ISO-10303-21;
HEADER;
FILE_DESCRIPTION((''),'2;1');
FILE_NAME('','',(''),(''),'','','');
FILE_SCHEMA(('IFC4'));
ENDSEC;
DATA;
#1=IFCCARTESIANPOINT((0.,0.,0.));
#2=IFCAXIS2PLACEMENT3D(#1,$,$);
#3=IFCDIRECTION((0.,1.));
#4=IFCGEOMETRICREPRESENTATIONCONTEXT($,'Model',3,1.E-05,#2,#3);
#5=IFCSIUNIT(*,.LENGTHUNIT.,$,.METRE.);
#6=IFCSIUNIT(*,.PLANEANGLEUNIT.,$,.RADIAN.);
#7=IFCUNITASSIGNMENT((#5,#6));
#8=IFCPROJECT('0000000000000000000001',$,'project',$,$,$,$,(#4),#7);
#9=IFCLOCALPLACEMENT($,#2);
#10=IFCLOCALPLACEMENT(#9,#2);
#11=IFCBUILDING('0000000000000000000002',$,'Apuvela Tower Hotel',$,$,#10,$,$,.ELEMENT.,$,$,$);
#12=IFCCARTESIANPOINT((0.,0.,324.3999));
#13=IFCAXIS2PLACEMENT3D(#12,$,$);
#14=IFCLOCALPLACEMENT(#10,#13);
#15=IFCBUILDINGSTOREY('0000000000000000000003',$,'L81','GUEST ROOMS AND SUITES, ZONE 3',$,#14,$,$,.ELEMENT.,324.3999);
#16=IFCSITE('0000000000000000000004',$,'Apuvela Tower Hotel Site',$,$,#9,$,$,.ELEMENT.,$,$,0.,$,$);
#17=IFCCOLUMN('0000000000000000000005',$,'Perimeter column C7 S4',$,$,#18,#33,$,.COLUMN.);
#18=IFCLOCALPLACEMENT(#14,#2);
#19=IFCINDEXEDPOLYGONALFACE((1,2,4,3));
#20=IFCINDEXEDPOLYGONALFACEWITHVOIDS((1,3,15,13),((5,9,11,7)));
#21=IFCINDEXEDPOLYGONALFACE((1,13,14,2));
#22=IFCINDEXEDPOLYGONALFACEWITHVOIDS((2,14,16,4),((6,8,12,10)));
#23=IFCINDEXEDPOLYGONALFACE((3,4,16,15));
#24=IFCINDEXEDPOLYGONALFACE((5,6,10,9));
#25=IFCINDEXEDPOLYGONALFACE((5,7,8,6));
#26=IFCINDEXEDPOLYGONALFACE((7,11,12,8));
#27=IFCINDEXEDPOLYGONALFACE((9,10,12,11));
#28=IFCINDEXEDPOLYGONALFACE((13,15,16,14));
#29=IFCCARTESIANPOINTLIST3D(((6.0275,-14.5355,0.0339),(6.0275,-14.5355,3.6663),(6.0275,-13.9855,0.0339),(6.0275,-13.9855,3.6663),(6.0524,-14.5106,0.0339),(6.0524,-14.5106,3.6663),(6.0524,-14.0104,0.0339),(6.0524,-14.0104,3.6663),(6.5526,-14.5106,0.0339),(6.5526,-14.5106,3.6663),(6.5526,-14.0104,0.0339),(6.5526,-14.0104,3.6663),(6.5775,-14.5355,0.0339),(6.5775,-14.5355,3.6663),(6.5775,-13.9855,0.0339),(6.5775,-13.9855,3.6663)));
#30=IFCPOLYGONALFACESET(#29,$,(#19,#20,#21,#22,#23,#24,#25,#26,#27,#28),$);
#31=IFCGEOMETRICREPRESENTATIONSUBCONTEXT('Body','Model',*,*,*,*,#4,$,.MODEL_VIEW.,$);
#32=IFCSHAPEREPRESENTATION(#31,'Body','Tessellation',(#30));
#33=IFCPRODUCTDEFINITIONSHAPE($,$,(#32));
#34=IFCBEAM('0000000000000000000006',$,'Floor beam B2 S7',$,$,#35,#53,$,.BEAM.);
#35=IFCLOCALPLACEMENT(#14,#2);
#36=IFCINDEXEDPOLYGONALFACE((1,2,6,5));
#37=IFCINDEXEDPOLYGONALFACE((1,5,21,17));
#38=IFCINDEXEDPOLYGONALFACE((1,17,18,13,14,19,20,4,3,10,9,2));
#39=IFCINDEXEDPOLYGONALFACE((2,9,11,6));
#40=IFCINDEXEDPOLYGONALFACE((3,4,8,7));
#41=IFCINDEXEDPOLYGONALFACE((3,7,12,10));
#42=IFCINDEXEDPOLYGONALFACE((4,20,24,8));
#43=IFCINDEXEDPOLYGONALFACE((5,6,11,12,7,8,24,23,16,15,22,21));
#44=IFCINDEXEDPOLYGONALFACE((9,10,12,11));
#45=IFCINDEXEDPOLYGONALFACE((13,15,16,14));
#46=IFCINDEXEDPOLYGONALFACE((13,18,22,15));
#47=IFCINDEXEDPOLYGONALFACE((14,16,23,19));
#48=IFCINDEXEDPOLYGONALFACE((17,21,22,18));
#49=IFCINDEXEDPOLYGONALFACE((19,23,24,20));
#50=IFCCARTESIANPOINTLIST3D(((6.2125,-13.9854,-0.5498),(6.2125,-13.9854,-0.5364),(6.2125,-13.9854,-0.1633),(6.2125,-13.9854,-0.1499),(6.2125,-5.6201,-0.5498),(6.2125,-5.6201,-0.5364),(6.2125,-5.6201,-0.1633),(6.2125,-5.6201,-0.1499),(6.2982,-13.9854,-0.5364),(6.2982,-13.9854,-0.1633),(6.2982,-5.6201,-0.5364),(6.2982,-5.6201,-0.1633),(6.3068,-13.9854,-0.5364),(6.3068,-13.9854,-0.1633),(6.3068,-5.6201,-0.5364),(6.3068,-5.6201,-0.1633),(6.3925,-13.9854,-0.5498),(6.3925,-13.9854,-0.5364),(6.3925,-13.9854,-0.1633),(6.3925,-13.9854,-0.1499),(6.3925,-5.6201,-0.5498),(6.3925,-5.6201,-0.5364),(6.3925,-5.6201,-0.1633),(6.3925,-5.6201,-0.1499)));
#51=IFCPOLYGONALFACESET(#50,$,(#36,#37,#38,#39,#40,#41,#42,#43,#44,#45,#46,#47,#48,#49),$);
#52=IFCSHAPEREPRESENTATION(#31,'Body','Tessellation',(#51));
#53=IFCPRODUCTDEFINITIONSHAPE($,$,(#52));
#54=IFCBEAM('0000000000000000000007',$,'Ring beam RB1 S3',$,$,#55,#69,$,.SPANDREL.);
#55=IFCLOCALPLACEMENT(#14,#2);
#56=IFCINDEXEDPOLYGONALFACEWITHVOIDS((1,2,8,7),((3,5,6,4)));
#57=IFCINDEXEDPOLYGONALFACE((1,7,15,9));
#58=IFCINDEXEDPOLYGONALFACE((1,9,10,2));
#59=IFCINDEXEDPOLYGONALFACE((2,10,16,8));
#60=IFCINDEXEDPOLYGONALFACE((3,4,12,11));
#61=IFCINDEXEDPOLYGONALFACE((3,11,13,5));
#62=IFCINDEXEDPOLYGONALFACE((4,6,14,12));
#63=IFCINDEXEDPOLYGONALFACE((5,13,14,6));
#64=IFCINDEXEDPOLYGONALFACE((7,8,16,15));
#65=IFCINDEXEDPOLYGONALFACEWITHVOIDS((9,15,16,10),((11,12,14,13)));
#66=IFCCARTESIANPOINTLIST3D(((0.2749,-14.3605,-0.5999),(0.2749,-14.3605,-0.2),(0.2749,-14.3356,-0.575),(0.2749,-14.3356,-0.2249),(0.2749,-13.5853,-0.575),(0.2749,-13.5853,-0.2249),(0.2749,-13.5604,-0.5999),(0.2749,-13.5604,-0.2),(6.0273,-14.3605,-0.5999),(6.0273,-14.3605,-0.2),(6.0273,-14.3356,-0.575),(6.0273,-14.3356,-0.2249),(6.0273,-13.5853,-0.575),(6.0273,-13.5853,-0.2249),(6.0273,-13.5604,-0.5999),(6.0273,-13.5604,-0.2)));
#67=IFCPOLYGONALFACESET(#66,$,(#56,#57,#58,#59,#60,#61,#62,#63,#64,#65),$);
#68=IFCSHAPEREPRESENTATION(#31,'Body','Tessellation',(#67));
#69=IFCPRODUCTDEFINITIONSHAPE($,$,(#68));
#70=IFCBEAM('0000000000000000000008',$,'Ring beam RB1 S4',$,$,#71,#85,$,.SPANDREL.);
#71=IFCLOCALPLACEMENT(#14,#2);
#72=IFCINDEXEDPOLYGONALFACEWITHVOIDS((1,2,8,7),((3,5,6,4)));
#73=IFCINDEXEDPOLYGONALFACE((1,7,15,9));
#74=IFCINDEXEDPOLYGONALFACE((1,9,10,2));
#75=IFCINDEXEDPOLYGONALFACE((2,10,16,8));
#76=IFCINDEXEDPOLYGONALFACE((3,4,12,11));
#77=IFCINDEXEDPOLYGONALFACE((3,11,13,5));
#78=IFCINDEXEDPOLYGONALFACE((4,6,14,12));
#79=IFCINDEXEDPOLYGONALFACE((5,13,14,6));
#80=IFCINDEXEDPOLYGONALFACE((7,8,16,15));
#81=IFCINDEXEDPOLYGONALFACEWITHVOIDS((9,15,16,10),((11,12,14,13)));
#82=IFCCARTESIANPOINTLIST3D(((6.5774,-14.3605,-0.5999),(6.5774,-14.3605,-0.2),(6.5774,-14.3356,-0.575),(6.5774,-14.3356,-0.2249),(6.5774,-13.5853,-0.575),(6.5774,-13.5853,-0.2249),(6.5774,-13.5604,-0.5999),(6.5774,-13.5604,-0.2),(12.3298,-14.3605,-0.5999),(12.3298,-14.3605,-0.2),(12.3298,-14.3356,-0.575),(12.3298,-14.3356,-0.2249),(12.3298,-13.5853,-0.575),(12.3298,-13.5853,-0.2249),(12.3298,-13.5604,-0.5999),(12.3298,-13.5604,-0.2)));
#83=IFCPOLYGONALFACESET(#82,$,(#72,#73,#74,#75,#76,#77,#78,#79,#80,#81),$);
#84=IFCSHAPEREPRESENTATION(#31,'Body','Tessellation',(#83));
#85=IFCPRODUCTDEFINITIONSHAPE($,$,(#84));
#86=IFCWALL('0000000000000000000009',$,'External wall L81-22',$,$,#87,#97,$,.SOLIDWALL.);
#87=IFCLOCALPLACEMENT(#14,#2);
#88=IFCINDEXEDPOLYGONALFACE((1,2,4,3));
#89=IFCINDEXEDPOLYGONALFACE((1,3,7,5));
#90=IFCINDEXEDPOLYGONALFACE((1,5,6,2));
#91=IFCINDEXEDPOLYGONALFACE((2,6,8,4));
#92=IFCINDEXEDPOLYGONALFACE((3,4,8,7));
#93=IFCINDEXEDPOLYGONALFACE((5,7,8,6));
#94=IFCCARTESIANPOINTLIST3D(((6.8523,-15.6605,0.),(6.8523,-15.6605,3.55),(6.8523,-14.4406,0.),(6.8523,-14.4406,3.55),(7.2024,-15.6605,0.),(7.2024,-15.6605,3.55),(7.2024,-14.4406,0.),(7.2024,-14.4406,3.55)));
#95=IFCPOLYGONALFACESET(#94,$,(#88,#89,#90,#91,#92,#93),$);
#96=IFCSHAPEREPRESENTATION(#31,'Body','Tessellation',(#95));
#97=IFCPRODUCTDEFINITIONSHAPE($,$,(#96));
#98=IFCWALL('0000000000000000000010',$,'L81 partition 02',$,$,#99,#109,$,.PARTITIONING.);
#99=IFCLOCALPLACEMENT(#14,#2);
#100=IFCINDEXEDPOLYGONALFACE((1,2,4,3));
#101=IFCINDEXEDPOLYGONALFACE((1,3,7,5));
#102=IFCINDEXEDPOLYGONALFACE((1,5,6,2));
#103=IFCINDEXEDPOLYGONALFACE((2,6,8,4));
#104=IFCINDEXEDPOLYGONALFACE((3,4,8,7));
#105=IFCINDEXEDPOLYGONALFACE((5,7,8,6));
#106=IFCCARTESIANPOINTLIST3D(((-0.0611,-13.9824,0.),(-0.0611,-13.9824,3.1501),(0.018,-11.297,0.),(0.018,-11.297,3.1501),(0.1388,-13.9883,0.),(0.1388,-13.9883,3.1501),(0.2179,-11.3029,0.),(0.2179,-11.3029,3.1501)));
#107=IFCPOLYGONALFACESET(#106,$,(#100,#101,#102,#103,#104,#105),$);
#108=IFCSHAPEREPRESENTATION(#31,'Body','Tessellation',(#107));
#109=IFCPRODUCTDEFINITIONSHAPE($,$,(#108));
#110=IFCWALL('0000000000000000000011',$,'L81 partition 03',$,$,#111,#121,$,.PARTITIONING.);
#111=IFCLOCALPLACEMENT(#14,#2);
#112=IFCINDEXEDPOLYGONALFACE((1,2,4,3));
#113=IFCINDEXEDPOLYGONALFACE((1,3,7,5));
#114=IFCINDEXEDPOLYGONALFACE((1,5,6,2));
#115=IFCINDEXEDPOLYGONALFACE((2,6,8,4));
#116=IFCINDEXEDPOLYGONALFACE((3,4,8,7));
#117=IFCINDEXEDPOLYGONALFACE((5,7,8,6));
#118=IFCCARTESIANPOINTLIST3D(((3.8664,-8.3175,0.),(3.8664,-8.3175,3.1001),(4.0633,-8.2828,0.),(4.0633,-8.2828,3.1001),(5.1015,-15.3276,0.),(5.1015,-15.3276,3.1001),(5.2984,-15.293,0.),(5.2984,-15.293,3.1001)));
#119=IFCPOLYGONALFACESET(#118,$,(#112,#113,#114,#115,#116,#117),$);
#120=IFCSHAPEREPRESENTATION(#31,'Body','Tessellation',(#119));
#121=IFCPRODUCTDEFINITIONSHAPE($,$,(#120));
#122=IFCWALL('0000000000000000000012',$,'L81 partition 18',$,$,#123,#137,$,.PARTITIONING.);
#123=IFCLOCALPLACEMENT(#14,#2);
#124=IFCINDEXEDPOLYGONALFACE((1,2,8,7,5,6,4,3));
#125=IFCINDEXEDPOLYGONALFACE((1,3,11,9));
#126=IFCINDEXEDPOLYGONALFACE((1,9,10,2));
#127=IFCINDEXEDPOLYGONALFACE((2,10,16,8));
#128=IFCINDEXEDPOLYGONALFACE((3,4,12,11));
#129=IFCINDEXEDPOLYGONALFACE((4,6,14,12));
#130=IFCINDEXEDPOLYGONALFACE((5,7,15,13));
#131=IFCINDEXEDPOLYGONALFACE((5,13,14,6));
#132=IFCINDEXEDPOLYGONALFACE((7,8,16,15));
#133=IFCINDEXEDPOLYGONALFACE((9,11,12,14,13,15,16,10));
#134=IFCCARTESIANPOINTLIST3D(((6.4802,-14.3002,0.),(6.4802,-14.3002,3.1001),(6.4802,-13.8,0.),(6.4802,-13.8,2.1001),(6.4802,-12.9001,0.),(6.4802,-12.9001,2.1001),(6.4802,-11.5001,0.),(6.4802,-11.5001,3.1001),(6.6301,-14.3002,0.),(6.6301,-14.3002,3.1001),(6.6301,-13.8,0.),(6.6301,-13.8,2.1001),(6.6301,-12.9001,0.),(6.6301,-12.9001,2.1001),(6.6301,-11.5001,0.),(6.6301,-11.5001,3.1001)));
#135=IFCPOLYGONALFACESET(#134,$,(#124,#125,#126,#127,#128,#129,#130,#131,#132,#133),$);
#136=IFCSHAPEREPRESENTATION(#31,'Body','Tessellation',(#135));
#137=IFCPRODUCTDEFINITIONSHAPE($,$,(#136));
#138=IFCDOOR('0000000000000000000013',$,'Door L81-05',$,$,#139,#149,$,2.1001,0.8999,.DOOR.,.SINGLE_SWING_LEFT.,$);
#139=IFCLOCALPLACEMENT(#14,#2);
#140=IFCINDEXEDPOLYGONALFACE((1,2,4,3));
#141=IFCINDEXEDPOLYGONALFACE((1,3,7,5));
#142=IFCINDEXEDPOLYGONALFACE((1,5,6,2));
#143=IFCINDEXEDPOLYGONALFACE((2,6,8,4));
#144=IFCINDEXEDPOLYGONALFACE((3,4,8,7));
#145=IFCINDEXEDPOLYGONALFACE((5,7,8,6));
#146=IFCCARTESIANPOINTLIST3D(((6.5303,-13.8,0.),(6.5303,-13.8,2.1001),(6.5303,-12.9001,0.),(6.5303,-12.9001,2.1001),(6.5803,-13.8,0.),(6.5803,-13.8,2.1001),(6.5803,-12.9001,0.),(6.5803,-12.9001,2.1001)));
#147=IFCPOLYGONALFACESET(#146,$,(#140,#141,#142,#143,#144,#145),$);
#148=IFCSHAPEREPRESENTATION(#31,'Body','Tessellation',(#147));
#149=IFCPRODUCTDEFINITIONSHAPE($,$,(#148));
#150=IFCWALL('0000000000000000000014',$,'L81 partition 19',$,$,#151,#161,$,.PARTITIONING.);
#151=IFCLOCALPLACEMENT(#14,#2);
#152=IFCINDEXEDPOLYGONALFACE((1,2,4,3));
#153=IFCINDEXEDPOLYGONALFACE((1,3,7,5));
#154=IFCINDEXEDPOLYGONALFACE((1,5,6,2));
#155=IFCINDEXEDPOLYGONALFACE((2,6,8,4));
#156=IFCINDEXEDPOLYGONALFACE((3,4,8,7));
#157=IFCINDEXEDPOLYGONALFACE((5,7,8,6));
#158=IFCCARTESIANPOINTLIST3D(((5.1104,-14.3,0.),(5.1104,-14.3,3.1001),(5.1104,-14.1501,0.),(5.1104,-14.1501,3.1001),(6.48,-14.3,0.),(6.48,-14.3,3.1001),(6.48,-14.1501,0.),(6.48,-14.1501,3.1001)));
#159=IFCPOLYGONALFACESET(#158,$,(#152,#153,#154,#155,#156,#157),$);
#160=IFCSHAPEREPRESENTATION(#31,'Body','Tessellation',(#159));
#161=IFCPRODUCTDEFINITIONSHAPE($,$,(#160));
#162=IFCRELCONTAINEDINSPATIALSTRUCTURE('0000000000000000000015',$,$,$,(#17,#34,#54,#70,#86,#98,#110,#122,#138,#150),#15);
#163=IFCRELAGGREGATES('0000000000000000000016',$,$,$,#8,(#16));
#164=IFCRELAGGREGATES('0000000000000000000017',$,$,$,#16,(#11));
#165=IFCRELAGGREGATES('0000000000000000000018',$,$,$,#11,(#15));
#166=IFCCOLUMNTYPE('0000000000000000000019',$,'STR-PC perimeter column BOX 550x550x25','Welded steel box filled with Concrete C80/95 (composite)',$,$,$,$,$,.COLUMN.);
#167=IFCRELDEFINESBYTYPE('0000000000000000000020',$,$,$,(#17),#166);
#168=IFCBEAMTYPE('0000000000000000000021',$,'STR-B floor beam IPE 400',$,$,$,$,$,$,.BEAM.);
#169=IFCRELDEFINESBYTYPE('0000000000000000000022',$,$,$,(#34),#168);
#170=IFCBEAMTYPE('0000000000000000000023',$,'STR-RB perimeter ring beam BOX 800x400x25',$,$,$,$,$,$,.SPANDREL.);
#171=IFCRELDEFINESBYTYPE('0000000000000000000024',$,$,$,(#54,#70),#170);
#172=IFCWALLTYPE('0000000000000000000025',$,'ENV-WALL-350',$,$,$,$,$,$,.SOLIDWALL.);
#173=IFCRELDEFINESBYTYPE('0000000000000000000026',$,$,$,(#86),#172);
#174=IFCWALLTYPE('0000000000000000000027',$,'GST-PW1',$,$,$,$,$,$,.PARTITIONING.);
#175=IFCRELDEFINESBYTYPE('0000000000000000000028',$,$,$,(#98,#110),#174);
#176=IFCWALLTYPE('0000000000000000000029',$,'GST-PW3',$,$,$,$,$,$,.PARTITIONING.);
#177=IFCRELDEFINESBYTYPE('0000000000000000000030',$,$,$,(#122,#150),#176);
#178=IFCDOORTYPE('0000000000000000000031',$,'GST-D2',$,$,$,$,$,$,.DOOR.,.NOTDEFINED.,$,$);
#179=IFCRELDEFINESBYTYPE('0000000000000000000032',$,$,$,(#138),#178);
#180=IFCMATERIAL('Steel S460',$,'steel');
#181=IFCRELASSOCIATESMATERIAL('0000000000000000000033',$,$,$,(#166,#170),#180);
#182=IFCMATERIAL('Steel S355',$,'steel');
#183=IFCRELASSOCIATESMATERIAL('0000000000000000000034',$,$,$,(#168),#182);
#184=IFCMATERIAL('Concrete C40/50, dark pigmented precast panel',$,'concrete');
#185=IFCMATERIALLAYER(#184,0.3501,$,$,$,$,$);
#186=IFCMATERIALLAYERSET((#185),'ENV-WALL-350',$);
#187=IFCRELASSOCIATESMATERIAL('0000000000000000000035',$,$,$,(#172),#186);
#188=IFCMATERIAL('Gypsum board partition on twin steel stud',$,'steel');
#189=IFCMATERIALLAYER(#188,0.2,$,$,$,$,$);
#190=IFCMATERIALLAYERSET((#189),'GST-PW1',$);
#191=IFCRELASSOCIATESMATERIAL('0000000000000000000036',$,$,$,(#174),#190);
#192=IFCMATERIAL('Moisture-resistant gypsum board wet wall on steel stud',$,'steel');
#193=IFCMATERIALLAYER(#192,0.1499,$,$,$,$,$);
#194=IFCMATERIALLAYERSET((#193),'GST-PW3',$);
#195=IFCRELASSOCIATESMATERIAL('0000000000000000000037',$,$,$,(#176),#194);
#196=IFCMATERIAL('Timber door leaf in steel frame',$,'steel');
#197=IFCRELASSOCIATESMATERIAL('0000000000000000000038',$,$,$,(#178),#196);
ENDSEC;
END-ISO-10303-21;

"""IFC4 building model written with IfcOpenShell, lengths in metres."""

from ifc_helpers import new_model, si_unit, direction, frame, frame_2d, origin, origin_2d, place, context, subcontext, project, spatial, rectangle, hollow_rectangle, i_section, extrude, boolean, halfspace, material, layer, layer_set, material_profile, profile_set, type_object, element, fill, save


model = new_model("IFC4")

# Units and contexts
model_context = context("Model", 3, precision=1e-05, world=origin(), true_north=direction((0.0, 1.0)))
body_context = subcontext(model_context, "Body", "Model", "MODEL_VIEW")
ifc_project = project(units=[si_unit("LENGTHUNIT", "METRE"), si_unit("PLANEANGLEUNIT", "RADIAN")], contexts=[model_context])

# Site, building, storey
site_placement = place(None, origin())
site = spatial("IfcSite", under=ifc_project, at=site_placement, Name="Apuvela Tower Hotel Site", CompositionType="ELEMENT", RefElevation=0.0)
building_placement = place(site_placement, origin())
building = spatial("IfcBuilding", under=site, at=building_placement, Name="Apuvela Tower Hotel", CompositionType="ELEMENT")
storey_placement = place(building_placement, frame((0.0, 0.0, 324.3999)))
storey = spatial("IfcBuildingStorey", under=building, at=storey_placement, Name="L81", Description="GUEST ROOMS AND SUITES, ZONE 3", CompositionType="ELEMENT", Elevation=324.3999)

# Column
ifc_material_1 = material(Name="Steel S460", Category="steel")
ifc_material_profile_1 = material_profile(ifc_material_1, hollow_rectangle(XDim=0.55, YDim=0.55, WallThickness=0.0249, at=origin_2d()), Name="BOX 550x550x25")
ifc_material_2 = material(Name="Concrete C80/95", Category="concrete")
ifc_material_profile_2 = material_profile(ifc_material_2, rectangle(XDim=0.5, YDim=0.5, at=origin_2d()), Name="Concrete C80/95 infill")
ifc_profile_set_1 = profile_set([ifc_material_profile_1, ifc_material_profile_2], Name="Steel S460")
column_type = type_object("IfcColumnType", Name="STR-PC perimeter column BOX 550x550x25", Description="Welded steel box filled with Concrete C80/95 (composite)", PredefinedType="COLUMN", material=ifc_profile_set_1)
column_placement = place(storey_placement, frame((6.3025, -14.2605, 0.0), z_axis=(0.0, 0.0, 1.0), x_axis=(-1.0, 0.0, 0.0)))
element("IfcColumn", 1, at=column_placement, inside=storey, type_object=column_type, Name="Perimeter column C7 S4", PredefinedType="COLUMN", context=body_context, shape_type="SweptSolid", body=[
    boolean("DIFFERENCE", boolean("DIFFERENCE", extrude(hollow_rectangle(XDim=0.55, YDim=0.55, WallThickness=0.0249, at=origin_2d()), origin(), (0.0, 0.0, 1.0), 3.7002), halfspace(frame((0.0, 0.0, 0.0339), z_axis=(0.0, 0.0, 1.0), x_axis=(1.0, 0.0, 0.0)), True)), halfspace(frame((0.0, 0.0, 3.6663), z_axis=(0.0, 0.0, 1.0), x_axis=(1.0, 0.0, 0.0)), False)),
])

# Beams
ifc_material_3 = material(Name="Steel S355", Category="steel")
ifc_material_profile_3 = material_profile(ifc_material_3, i_section(OverallWidth=0.1799, OverallDepth=0.3999, WebThickness=0.0085, FlangeThickness=0.0134, at=origin_2d()), Name="IPE 400")
ifc_profile_set_2 = profile_set([ifc_material_profile_3], Name="Steel S355")
beam_type_1 = type_object("IfcBeamType", Name="STR-B floor beam IPE 400", PredefinedType="BEAM", material=ifc_profile_set_2)
beam_placement = place(storey_placement, frame((6.3025, -13.9854, -0.3499), z_axis=(0.0, 1.0, 0.0), x_axis=(-1.0, 0.0, 0.0)))
element("IfcBeam", 2, at=beam_placement, inside=storey, type_object=beam_type_1, Name="Floor beam B2 S7", PredefinedType="BEAM", context=body_context, shape_type="SweptSolid", body=[
    extrude(i_section(OverallWidth=0.1799, OverallDepth=0.3999, WebThickness=0.0085, FlangeThickness=0.0134, at=origin_2d()), origin(), (0.0, 0.0, 1.0), 8.3652),
])
ifc_material_profile_4 = material_profile(ifc_material_1, hollow_rectangle(XDim=0.8, YDim=0.3999, WallThickness=0.0249, at=origin_2d()), Name="BOX 800x400x25")
ifc_profile_set_3 = profile_set([ifc_material_profile_4], Name="Steel S460")
beam_type_2 = type_object("IfcBeamType", Name="STR-RB perimeter ring beam BOX 800x400x25", PredefinedType="SPANDREL", material=ifc_profile_set_3)
for number, where, z_axis, x_axis, name in (
    (3, (0.2749, -13.9604, -0.3999), (1.0, 0.0, 0.0), (0.0, 1.0, 0.0), "Ring beam RB1 S3"),
    (4, (6.5774, -13.9604, -0.3999), (1.0, 0.0, 0.0), (0.0, 1.0, 0.0), "Ring beam RB1 S4"),
):
    element("IfcBeam", number, at=place(storey_placement, frame(where, z_axis=z_axis, x_axis=x_axis)), inside=storey, type_object=beam_type_2, Name=name, PredefinedType="SPANDREL", context=body_context, shape_type="SweptSolid", body=[
        extrude(hollow_rectangle(XDim=0.8, YDim=0.3999, WallThickness=0.0249, at=origin_2d()), origin(), (0.0, 0.0, 1.0), 5.7524),
    ])

# Wall
ifc_material_4 = material(Name="Concrete C40/50, dark pigmented precast panel", Category="concrete")
ifc_layer_1 = layer(ifc_material_4, 0.3501)
ifc_layer_set_1 = layer_set([ifc_layer_1], Name="ENV-WALL-350")
wall_type_1 = type_object("IfcWallType", Name="ENV-WALL-350", PredefinedType="SOLIDWALL", material=ifc_layer_set_1)
wall_1_placement = place(storey_placement, frame((7.0273, -15.6604, 0.0), z_axis=(0.0, 0.0, 1.0), x_axis=(0.0, 1.0, 0.0)))
element("IfcWall", 5, at=wall_1_placement, inside=storey, type_object=wall_type_1, Name="External wall L81-22", PredefinedType="SOLIDWALL", context=body_context, shape_type="SweptSolid", body=[
    extrude(rectangle(XDim=1.22, YDim=0.3501, at=frame_2d((0.6099, 0.0))), origin(), (0.0, 0.0, 1.0), 3.55),
])

# Walls
ifc_material_5 = material(Name="Gypsum board partition on twin steel stud", Category="steel")
ifc_layer_2 = layer(ifc_material_5, 0.2)
ifc_layer_set_2 = layer_set([ifc_layer_2], Name="GST-PW1")
wall_type_2 = type_object("IfcWallType", Name="GST-PW1", PredefinedType="PARTITIONING", material=ifc_layer_set_2)
wall_2_placement = place(storey_placement, frame((0.0388, -13.9854, 0.0), z_axis=(0.0, 0.0, 1.0), x_axis=(0.029444, 0.999566, 0.0)))
element("IfcWall", 6, at=wall_2_placement, inside=storey, type_object=wall_type_2, Name="L81 partition 02", PredefinedType="PARTITIONING", context=body_context, shape_type="SweptSolid", body=[
    extrude(rectangle(XDim=2.6865, YDim=0.2, at=frame_2d((1.3433, 0.0))), origin(), (0.0, 0.0, 1.0), 3.1501),
])
wall_3_placement = place(storey_placement, frame((5.2, -15.3103, 0.0), z_axis=(0.0, 0.0, 1.0), x_axis=(-0.173513, 0.984832, 0.0)))
element("IfcWall", 7, at=wall_3_placement, inside=storey, type_object=wall_type_2, Name="L81 partition 03", PredefinedType="PARTITIONING", context=body_context, shape_type="SweptSolid", body=[
    extrude(rectangle(XDim=7.1182, YDim=0.2, at=frame_2d((3.5591, 0.0))), origin(), (0.0, 0.0, 1.0), 3.1001),
])

# Wall, opening, door
ifc_material_6 = material(Name="Moisture-resistant gypsum board wet wall on steel stud", Category="steel")
ifc_layer_3 = layer(ifc_material_6, 0.1499)
ifc_layer_set_3 = layer_set([ifc_layer_3], Name="GST-PW3")
wall_type_3 = type_object("IfcWallType", Name="GST-PW3", PredefinedType="PARTITIONING", material=ifc_layer_set_3)
wall_4_placement = place(storey_placement, frame((6.5552, -14.3, 0.0), z_axis=(0.0, 0.0, 1.0), x_axis=(0.0, 1.0, 0.0)))
wall_4 = element("IfcWall", 8, at=wall_4_placement, inside=storey, type_object=wall_type_3, Name="L81 partition 18", PredefinedType="PARTITIONING", context=body_context, shape_type="SweptSolid", body=[
    extrude(rectangle(XDim=2.8, YDim=0.1499, at=frame_2d((1.3999, 0.0))), origin(), (0.0, 0.0, 1.0), 3.1001),
])
opening_1_placement = place(wall_4_placement, frame((0.5, 0.0, 0.0)))
opening_1 = element("IfcOpeningElement", 9, at=opening_1_placement, cuts=wall_4, PredefinedType="OPENING", context=body_context, shape_type="SweptSolid", body=[
    extrude(rectangle(XDim=0.8999, YDim=2.1001, at=frame_2d((0.45, 1.05))), frame((0.0, 0.085, 0.0), z_axis=(0.0, -1.0, 0.0), x_axis=(1.0, 0.0, 0.0)), (0.0, 0.0, 1.0), 0.1699),
])
ifc_material_7 = material(Name="Timber door leaf in steel frame", Category="steel")
door_type_1 = type_object("IfcDoorType", Name="GST-D2", OperationType="NOTDEFINED", PredefinedType="DOOR", material=ifc_material_7)
door_1_placement = place(opening_1_placement, origin())
door_1 = element("IfcDoor", 10, at=door_1_placement, inside=storey, type_object=door_type_1, Name="Door L81-05", OperationType="SINGLE_SWING_LEFT", OverallHeight=2.1001, OverallWidth=0.8999, PredefinedType="DOOR", context=body_context, shape_type="SweptSolid", body=[
    extrude(rectangle(XDim=0.8999, YDim=2.1001, at=frame_2d((0.45, 1.05))), frame((0.0, 0.0249, 0.0), z_axis=(0.0, -1.0, 0.0), x_axis=(1.0, 0.0, 0.0)), (0.0, 0.0, 1.0), 0.05),
])
fill(opening_1, door_1)

# Wall
wall_5_placement = place(storey_placement, frame((5.1104, -14.2251, 0.0), z_axis=(0.0, 0.0, 1.0), x_axis=(1.0, 0.0, 0.0)))
element("IfcWall", 11, at=wall_5_placement, inside=storey, type_object=wall_type_3, Name="L81 partition 19", PredefinedType="PARTITIONING", context=body_context, shape_type="SweptSolid", body=[
    extrude(rectangle(XDim=1.3696, YDim=0.1499, at=frame_2d((0.6848, 0.0))), origin(), (0.0, 0.0, 1.0), 3.1001),
])

save(model, "model.ifc")
